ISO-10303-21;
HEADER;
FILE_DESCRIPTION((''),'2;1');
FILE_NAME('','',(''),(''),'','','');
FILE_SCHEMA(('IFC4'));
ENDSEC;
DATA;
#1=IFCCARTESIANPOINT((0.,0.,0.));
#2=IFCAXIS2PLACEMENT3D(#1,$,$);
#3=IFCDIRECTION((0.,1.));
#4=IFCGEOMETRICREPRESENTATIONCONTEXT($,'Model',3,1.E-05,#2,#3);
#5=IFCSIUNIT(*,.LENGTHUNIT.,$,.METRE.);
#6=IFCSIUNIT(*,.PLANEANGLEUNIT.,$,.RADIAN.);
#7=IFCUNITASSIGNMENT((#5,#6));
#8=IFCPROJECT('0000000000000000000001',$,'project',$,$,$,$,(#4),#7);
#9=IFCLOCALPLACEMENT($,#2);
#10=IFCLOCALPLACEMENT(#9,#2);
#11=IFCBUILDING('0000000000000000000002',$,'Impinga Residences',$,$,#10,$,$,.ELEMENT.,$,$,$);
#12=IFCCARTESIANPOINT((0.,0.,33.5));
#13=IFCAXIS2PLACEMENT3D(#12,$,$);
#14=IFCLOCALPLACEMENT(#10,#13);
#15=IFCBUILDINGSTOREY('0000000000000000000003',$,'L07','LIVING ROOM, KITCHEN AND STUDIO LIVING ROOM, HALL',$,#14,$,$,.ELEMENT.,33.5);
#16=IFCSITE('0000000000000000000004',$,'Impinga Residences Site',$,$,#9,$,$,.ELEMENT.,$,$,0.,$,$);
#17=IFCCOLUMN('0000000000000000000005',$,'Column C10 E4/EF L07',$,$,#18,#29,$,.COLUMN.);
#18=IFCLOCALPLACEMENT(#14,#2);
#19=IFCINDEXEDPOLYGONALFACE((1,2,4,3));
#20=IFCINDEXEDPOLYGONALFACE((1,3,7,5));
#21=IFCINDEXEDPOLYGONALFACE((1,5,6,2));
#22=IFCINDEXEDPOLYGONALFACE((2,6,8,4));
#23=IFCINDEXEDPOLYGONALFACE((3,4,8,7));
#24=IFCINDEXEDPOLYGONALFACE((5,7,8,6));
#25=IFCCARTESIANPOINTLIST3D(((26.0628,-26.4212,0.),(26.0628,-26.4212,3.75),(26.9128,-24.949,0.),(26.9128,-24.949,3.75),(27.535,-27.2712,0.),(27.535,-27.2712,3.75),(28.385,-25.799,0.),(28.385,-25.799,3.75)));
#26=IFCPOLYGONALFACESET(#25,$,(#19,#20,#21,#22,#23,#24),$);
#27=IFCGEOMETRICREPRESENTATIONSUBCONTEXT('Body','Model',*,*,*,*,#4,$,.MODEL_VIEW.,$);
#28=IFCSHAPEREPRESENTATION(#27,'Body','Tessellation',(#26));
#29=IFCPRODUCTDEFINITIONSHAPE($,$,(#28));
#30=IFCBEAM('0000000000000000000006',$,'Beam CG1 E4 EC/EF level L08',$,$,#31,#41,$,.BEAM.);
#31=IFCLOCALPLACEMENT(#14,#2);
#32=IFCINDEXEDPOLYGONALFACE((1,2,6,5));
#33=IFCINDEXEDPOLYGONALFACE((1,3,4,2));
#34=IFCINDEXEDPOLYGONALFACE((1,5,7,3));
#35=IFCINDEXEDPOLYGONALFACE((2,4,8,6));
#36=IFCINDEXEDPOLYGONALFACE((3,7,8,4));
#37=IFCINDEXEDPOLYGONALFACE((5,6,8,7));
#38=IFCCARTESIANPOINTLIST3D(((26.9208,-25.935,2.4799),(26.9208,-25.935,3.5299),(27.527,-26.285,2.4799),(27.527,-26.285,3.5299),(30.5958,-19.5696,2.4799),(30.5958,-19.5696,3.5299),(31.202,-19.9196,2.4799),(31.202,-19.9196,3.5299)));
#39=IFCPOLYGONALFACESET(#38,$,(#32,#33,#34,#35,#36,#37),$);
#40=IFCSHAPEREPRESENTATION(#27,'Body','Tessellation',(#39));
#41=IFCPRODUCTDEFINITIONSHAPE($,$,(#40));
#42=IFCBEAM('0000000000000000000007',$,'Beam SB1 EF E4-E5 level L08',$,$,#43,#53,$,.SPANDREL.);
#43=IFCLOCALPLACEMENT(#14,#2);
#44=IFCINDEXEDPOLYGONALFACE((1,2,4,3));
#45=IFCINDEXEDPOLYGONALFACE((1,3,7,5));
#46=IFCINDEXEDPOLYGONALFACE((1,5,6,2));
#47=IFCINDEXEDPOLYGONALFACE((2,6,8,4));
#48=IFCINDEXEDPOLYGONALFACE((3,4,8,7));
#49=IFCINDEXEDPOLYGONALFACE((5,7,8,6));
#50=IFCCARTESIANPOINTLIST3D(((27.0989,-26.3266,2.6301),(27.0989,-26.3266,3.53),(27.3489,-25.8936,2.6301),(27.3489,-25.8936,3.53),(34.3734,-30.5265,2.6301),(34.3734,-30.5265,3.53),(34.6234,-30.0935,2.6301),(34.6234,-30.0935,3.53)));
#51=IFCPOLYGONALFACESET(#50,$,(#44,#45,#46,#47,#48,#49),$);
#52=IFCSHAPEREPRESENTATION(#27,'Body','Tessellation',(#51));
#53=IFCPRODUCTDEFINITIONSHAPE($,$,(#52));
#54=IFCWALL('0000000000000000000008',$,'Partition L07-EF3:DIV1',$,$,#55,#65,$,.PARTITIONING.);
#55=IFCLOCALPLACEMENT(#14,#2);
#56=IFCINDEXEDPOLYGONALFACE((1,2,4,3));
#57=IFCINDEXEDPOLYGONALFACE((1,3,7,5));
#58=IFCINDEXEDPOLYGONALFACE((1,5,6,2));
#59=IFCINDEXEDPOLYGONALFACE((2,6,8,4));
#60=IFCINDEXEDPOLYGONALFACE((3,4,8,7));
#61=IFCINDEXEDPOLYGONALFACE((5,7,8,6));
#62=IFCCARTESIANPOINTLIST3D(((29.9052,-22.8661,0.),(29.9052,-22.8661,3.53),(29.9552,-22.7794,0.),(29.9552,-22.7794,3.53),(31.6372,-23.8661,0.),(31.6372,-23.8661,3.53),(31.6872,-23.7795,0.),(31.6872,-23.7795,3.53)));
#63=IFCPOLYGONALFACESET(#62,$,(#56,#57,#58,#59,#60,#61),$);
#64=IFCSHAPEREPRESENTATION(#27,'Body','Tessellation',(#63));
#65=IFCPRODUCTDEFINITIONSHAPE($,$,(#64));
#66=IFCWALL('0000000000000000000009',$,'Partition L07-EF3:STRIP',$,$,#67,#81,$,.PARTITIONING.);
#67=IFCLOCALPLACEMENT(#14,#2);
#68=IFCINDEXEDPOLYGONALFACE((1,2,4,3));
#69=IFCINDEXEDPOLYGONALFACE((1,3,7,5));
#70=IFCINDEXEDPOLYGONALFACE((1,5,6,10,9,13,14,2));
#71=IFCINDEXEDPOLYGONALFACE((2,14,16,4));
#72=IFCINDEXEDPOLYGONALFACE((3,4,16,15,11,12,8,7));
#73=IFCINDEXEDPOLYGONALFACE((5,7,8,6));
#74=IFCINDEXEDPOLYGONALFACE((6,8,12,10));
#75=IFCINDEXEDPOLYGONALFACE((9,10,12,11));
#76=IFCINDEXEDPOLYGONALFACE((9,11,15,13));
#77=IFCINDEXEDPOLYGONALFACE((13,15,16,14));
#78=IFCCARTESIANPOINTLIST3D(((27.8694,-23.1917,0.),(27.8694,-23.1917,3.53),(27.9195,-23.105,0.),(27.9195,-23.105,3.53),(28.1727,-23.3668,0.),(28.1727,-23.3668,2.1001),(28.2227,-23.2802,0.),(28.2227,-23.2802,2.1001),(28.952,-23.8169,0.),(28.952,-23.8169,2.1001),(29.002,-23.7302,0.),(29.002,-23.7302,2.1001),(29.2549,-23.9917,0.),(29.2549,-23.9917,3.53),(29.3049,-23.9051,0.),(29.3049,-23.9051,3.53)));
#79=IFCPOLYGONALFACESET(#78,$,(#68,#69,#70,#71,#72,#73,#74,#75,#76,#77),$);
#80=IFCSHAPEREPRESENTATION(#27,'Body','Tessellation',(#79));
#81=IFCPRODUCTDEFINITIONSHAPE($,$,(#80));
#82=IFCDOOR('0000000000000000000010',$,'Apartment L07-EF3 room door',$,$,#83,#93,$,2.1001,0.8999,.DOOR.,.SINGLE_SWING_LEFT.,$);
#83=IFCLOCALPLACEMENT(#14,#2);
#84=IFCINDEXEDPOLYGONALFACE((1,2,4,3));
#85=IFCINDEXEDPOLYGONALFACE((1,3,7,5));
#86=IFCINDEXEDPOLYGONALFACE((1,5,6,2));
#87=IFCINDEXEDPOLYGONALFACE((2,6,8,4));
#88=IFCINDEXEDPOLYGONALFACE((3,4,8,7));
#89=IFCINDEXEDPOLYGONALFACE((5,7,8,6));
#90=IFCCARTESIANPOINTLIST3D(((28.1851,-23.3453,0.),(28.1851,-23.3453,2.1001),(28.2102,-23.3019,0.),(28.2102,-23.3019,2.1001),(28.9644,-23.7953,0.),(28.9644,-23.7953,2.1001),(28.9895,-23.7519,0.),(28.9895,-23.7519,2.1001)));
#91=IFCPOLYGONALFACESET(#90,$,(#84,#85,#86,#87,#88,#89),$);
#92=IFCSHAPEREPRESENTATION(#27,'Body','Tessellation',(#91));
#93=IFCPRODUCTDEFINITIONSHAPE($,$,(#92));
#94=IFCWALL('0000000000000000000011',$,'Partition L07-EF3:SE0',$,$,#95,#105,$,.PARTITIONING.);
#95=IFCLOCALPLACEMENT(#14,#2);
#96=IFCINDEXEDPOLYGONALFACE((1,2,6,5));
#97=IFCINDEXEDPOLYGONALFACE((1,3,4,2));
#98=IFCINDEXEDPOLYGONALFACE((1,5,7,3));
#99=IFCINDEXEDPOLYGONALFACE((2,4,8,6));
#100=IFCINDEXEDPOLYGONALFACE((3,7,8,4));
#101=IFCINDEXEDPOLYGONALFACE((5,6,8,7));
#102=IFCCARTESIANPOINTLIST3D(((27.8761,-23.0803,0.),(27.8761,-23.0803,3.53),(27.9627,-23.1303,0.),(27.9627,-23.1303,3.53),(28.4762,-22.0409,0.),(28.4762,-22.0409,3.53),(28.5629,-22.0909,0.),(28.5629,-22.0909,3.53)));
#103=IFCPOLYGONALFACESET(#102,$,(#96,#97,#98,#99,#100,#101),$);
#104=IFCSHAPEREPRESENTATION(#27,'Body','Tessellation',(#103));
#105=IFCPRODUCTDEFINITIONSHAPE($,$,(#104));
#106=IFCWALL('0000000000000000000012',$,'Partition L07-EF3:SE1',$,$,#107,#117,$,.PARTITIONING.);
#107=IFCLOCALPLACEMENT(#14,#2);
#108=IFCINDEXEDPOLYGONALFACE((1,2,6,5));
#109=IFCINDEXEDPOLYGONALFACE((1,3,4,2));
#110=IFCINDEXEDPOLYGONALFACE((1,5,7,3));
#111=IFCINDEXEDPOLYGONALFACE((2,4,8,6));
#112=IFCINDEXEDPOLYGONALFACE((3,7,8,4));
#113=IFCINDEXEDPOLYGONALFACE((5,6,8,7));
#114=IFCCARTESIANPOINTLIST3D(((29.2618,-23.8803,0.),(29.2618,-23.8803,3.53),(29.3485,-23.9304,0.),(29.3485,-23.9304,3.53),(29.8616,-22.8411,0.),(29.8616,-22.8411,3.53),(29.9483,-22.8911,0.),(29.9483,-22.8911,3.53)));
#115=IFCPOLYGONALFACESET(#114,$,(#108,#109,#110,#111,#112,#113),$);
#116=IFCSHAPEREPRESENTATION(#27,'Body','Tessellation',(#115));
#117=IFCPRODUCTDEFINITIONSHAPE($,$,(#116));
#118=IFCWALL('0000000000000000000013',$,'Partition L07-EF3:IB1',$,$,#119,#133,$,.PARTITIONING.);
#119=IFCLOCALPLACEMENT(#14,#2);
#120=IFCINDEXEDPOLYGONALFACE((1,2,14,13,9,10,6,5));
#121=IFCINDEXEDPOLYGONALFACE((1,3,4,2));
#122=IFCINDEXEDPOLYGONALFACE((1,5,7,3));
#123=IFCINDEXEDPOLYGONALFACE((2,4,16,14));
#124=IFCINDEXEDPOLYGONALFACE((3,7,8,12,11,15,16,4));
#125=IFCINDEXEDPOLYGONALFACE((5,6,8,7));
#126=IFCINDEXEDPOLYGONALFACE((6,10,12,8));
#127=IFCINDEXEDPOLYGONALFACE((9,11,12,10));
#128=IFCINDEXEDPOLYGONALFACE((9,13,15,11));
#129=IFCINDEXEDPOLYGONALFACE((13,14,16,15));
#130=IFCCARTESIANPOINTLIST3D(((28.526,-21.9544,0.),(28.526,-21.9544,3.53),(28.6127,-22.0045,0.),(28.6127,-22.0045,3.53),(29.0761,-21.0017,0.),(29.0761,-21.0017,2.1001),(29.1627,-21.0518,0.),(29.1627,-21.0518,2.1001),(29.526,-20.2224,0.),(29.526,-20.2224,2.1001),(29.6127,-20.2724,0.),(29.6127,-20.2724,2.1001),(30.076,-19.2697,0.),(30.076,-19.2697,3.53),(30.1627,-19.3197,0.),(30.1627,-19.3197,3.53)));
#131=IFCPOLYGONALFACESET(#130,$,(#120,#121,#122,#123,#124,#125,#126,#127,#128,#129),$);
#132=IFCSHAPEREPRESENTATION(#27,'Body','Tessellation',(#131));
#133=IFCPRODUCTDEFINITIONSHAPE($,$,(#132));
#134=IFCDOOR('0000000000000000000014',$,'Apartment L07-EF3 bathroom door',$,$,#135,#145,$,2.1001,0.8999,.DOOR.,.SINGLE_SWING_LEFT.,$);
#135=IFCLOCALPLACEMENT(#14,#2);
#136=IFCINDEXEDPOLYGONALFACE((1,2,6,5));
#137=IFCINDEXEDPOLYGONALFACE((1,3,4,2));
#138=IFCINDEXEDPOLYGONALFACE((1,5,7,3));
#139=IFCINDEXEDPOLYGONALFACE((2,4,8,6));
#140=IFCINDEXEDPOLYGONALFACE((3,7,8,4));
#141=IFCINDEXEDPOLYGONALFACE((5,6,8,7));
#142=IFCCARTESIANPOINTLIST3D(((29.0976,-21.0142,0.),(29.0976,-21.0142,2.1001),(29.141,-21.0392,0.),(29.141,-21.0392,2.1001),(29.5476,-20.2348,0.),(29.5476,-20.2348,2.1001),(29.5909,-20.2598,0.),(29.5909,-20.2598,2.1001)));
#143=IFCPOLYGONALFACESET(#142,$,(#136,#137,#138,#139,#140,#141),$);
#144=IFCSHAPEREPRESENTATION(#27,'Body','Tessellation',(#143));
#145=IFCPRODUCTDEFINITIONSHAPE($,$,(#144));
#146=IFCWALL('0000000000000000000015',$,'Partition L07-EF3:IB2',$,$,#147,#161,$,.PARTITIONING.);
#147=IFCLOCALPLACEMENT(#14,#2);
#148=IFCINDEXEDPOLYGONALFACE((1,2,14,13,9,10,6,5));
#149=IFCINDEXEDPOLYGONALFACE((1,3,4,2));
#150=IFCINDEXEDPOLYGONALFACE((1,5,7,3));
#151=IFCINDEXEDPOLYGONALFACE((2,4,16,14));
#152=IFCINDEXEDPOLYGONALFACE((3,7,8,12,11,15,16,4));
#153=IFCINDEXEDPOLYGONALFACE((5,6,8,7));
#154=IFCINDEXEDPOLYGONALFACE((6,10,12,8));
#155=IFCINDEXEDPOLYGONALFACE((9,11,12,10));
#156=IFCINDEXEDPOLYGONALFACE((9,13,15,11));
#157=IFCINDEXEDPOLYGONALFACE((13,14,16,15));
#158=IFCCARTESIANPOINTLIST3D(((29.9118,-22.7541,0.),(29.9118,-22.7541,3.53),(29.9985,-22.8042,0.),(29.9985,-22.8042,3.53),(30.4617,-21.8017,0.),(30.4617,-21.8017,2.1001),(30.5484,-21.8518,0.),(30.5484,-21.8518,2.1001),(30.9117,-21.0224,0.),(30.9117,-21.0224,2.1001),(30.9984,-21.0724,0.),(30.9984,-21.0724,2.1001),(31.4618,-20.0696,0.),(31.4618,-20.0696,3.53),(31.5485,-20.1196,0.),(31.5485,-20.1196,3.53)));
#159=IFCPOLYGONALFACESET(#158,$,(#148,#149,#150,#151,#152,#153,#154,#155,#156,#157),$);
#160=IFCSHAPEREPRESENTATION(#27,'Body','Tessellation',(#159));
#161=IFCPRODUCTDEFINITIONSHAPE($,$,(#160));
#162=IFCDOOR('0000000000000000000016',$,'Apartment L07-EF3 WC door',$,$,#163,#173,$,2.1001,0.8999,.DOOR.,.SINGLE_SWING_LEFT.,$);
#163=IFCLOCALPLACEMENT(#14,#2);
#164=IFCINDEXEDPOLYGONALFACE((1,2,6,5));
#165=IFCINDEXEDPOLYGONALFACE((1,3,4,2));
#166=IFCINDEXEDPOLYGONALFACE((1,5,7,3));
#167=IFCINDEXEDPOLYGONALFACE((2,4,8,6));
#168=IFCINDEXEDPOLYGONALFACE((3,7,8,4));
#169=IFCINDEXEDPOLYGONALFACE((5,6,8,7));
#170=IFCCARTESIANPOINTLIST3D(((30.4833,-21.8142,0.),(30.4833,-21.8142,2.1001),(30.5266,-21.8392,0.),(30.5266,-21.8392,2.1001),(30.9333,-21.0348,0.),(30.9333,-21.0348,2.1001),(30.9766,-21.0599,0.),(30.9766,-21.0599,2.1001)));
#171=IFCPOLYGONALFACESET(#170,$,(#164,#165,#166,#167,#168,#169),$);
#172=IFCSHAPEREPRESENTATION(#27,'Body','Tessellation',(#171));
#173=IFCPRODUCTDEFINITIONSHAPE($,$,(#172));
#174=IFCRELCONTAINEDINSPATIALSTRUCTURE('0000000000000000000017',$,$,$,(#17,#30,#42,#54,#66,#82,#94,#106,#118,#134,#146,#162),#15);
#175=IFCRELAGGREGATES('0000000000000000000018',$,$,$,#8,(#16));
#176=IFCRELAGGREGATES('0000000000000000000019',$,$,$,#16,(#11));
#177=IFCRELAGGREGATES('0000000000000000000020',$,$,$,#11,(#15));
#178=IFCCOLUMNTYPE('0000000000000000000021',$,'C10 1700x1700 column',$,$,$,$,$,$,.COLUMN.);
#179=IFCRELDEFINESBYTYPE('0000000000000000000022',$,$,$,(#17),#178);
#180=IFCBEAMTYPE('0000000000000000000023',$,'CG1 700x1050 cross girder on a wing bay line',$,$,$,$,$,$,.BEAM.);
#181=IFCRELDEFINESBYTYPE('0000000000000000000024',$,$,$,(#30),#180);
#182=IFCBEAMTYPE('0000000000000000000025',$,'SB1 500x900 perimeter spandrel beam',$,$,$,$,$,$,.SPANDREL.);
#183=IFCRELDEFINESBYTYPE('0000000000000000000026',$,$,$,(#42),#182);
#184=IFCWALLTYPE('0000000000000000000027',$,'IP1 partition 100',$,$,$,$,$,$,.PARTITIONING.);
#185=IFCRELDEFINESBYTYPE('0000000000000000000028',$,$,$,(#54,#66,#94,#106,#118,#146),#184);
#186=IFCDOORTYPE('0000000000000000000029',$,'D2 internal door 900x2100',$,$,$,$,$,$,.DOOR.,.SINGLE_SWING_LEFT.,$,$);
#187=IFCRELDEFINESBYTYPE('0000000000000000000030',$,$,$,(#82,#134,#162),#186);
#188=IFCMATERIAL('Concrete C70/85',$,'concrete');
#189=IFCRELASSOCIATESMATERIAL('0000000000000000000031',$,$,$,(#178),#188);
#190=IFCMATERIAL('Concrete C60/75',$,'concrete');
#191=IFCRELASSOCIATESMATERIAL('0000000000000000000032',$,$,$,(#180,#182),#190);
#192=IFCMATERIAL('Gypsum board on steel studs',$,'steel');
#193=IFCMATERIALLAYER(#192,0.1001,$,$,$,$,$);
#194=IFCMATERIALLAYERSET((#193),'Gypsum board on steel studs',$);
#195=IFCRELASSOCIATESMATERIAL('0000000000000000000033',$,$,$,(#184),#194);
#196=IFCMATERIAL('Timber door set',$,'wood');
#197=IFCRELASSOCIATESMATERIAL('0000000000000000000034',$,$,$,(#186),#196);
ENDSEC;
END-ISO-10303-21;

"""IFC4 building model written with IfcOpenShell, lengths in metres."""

from ifc_helpers import new_model, si_unit, direction, frame, frame_2d, origin, origin_2d, place, context, subcontext, project, spatial, rectangle, extrude, material, layer, layer_set, material_profile, profile_set, type_object, element, fill, save


model = new_model("IFC4")

# Units and contexts
model_context = context("Model", 3, precision=1e-05, world=origin(), true_north=direction((0.0, 1.0)))
body_context = subcontext(model_context, "Body", "Model", "MODEL_VIEW")
ifc_project = project(units=[si_unit("LENGTHUNIT", "METRE"), si_unit("PLANEANGLEUNIT", "RADIAN")], contexts=[model_context])

# Site, building, storey
site_placement = place(None, origin())
site = spatial("IfcSite", under=ifc_project, at=site_placement, Name="Impinga Residences Site", CompositionType="ELEMENT", RefElevation=0.0)
building_placement = place(site_placement, origin())
building = spatial("IfcBuilding", under=site, at=building_placement, Name="Impinga Residences", CompositionType="ELEMENT")
storey_placement = place(building_placement, frame((0.0, 0.0, 33.5)))
storey = spatial("IfcBuildingStorey", under=building, at=storey_placement, Name="L07", Description="LIVING ROOM, KITCHEN AND STUDIO LIVING ROOM, HALL", CompositionType="ELEMENT", Elevation=33.5)

# Column
ifc_material_1 = material(Name="Concrete C70/85", Category="concrete")
ifc_material_profile_1 = material_profile(ifc_material_1, rectangle(XDim=1.7, YDim=1.7, at=origin_2d()), Name="RC 1700x1700")
ifc_profile_set_1 = profile_set([ifc_material_profile_1], Name="Concrete C70/85")
column_type = type_object("IfcColumnType", Name="C10 1700x1700 column", PredefinedType="COLUMN", material=ifc_profile_set_1)
column_placement = place(storey_placement, frame((27.2239, -26.1101, 0.0), z_axis=(0.0, 0.0, 1.0), x_axis=(-0.5, -0.866025, 0.0)))
element("IfcColumn", 1, at=column_placement, inside=storey, type_object=column_type, Name="Column C10 E4/EF L07", PredefinedType="COLUMN", context=body_context, shape_type="SweptSolid", body=[
    extrude(rectangle(XDim=1.7, YDim=1.7, at=origin_2d()), origin(), (0.0, 0.0, 1.0), 3.75),
])

# Beams
ifc_material_2 = material(Name="Concrete C60/75", Category="concrete")
ifc_material_profile_2 = material_profile(ifc_material_2, rectangle(XDim=0.7, YDim=1.05, at=origin_2d()), Name="RC 700x1050")
ifc_profile_set_2 = profile_set([ifc_material_profile_2], Name="Concrete C60/75")
beam_type_1 = type_object("IfcBeamType", Name="CG1 700x1050 cross girder on a wing bay line", PredefinedType="BEAM", material=ifc_profile_set_2)
beam_1_placement = place(storey_placement, frame((30.8989, -19.7446, 3.0049), z_axis=(-0.499994, -0.866029, 0.0), x_axis=(0.866029, -0.499994, 0.0)))
element("IfcBeam", 2, at=beam_1_placement, inside=storey, type_object=beam_type_1, Name="Beam CG1 E4 EC/EF level L08", PredefinedType="BEAM", context=body_context, shape_type="SweptSolid", body=[
    extrude(rectangle(XDim=0.7, YDim=1.05, at=origin_2d()), origin(), (0.0, 0.0, 1.0), 7.3501),
])
ifc_material_profile_3 = material_profile(ifc_material_2, rectangle(XDim=0.5, YDim=0.8999, at=origin_2d()), Name="RC 500x900")
ifc_profile_set_3 = profile_set([ifc_material_profile_3], Name="Concrete C60/75")
beam_type_2 = type_object("IfcBeamType", Name="SB1 500x900 perimeter spandrel beam", PredefinedType="SPANDREL", material=ifc_profile_set_3)
beam_2_placement = place(storey_placement, frame((27.2239, -26.1101, 3.0801), z_axis=(0.866029, -0.499993, 0.0), x_axis=(0.499993, 0.866029, 0.0)))
element("IfcBeam", 3, at=beam_2_placement, inside=storey, type_object=beam_type_2, Name="Beam SB1 EF E4-E5 level L08", PredefinedType="SPANDREL", context=body_context, shape_type="SweptSolid", body=[
    extrude(rectangle(XDim=0.5, YDim=0.8999, at=origin_2d()), origin(), (0.0, 0.0, 1.0), 8.3999),
])

# Wall
ifc_material_3 = material(Name="Gypsum board on steel studs", Category="steel")
ifc_layer_1 = layer(ifc_material_3, 0.1001)
ifc_layer_set_1 = layer_set([ifc_layer_1], Name="Gypsum board on steel studs")
wall_type_1 = type_object("IfcWallType", Name="IP1 partition 100", PredefinedType="PARTITIONING", material=ifc_layer_set_1)
wall_1_placement = place(storey_placement, frame((29.9302, -22.8228, 0.0), z_axis=(0.0, 0.0, 1.0), x_axis=(0.866011, -0.500025, 0.0)))
element("IfcWall", 4, at=wall_1_placement, inside=storey, type_object=wall_type_1, Name="Partition L07-EF3:DIV1", PredefinedType="PARTITIONING", context=body_context, shape_type="SweptSolid", body=[
    extrude(rectangle(XDim=2.0, YDim=0.1001, at=frame_2d((1.0, 0.0))), origin(), (0.0, 0.0, 1.0), 3.53),
])

# Wall, opening, door
wall_2_placement = place(storey_placement, frame((27.8945, -23.1484, 0.0), z_axis=(0.0, 0.0, 1.0), x_axis=(0.86599, -0.500061, 0.0)))
wall_2 = element("IfcWall", 5, at=wall_2_placement, inside=storey, type_object=wall_type_1, Name="Partition L07-EF3:STRIP", PredefinedType="PARTITIONING", context=body_context, shape_type="SweptSolid", body=[
    extrude(rectangle(XDim=1.5999, YDim=0.1001, at=frame_2d((0.7998, 0.0))), origin(), (0.0, 0.0, 1.0), 3.53),
])
opening_1_placement = place(wall_2_placement, frame((0.3501, 0.0, 0.0)))
opening_1 = element("IfcOpeningElement", 6, at=opening_1_placement, cuts=wall_2, PredefinedType="OPENING", context=body_context, shape_type="SweptSolid", body=[
    extrude(rectangle(XDim=0.8999, YDim=2.1001, at=frame_2d((0.45, 1.05))), frame((0.0, 0.0601, 0.0), z_axis=(0.0, -1.0, 0.0), x_axis=(1.0, 0.0, 0.0)), (0.0, 0.0, 1.0), 0.1201),
])
ifc_material_4 = material(Name="Timber door set", Category="wood")
door_type = type_object("IfcDoorType", Name="D2 internal door 900x2100", OperationType="SINGLE_SWING_LEFT", PredefinedType="DOOR", material=ifc_material_4)
door_1_placement = place(opening_1_placement, origin())
door_1 = element("IfcDoor", 7, at=door_1_placement, inside=storey, type_object=door_type, Name="Apartment L07-EF3 room door", OperationType="SINGLE_SWING_LEFT", OverallHeight=2.1001, OverallWidth=0.8999, PredefinedType="DOOR", context=body_context, shape_type="SweptSolid", body=[
    extrude(rectangle(XDim=0.8999, YDim=2.1001, at=frame_2d((0.45, 1.05))), frame((0.0, 0.0249, 0.0), z_axis=(0.0, -1.0, 0.0), x_axis=(1.0, 0.0, 0.0)), (0.0, 0.0, 1.0), 0.05),
])
fill(opening_1, door_1)

# Walls
wall_3_placement = place(storey_placement, frame((28.5195, -22.0659, 0.0), z_axis=(0.0, 0.0, 1.0), x_axis=(-0.500034, -0.866006, 0.0)))
element("IfcWall", 8, at=wall_3_placement, inside=storey, type_object=wall_type_1, Name="Partition L07-EF3:SE0", PredefinedType="PARTITIONING", context=body_context, shape_type="SweptSolid", body=[
    extrude(rectangle(XDim=1.2002, YDim=0.1001, at=frame_2d((0.6001, 0.0))), origin(), (0.0, 0.0, 1.0), 3.53),
])
wall_4_placement = place(storey_placement, frame((29.905, -22.866, 0.0), z_axis=(0.0, 0.0, 1.0), x_axis=(-0.499881, -0.866094, 0.0)))
element("IfcWall", 9, at=wall_4_placement, inside=storey, type_object=wall_type_1, Name="Partition L07-EF3:SE1", PredefinedType="PARTITIONING", context=body_context, shape_type="SweptSolid", body=[
    extrude(rectangle(XDim=1.2, YDim=0.1001, at=frame_2d((0.6001, 0.0))), origin(), (0.0, 0.0, 1.0), 3.53),
])

# Walls, openings, doors
wall_5_placement = place(storey_placement, frame((30.1194, -19.2947, 0.0), z_axis=(0.0, 0.0, 1.0), x_axis=(-0.499993, -0.86603, 0.0)))
wall_5 = element("IfcWall", 10, at=wall_5_placement, inside=storey, type_object=wall_type_1, Name="Partition L07-EF3:IB1", PredefinedType="PARTITIONING", context=body_context, shape_type="SweptSolid", body=[
    extrude(rectangle(XDim=3.1001, YDim=0.1001, at=frame_2d((1.55, 0.0))), origin(), (0.0, 0.0, 1.0), 3.53),
])
opening_2_placement = place(wall_5_placement, frame((1.1001, 0.0, 0.0)))
opening_2 = element("IfcOpeningElement", 11, at=opening_2_placement, cuts=wall_5, PredefinedType="OPENING", context=body_context, shape_type="SweptSolid", body=[
    extrude(rectangle(XDim=0.8999, YDim=2.1001, at=frame_2d((0.45, 1.05))), frame((0.0, 0.0601, 0.0), z_axis=(0.0, -1.0, 0.0), x_axis=(1.0, 0.0, 0.0)), (0.0, 0.0, 1.0), 0.1201),
])
door_2_placement = place(opening_2_placement, origin())
door_2 = element("IfcDoor", 12, at=door_2_placement, inside=storey, type_object=door_type, Name="Apartment L07-EF3 bathroom door", OperationType="SINGLE_SWING_LEFT", OverallHeight=2.1001, OverallWidth=0.8999, PredefinedType="DOOR", context=body_context, shape_type="SweptSolid", body=[
    extrude(rectangle(XDim=0.8999, YDim=2.1001, at=frame_2d((0.45, 1.05))), frame((0.0, 0.0249, 0.0), z_axis=(0.0, -1.0, 0.0), x_axis=(1.0, 0.0, 0.0)), (0.0, 0.0, 1.0), 0.05),
])
fill(opening_2, door_2)
wall_6_placement = place(storey_placement, frame((31.5051, -20.0947, 0.0), z_axis=(0.0, 0.0, 1.0), x_axis=(-0.500027, -0.86601, 0.0)))
wall_6 = element("IfcWall", 13, at=wall_6_placement, inside=storey, type_object=wall_type_1, Name="Partition L07-EF3:IB2", PredefinedType="PARTITIONING", context=body_context, shape_type="SweptSolid", body=[
    extrude(rectangle(XDim=3.0999, YDim=0.1001, at=frame_2d((1.5498, 0.0))), origin(), (0.0, 0.0, 1.0), 3.53),
])
opening_3_placement = place(wall_6_placement, frame((1.1001, 0.0, 0.0)))
opening_3 = element("IfcOpeningElement", 14, at=opening_3_placement, cuts=wall_6, PredefinedType="OPENING", context=body_context, shape_type="SweptSolid", body=[
    extrude(rectangle(XDim=0.8999, YDim=2.1001, at=frame_2d((0.45, 1.05))), frame((0.0, 0.0601, 0.0), z_axis=(0.0, -1.0, 0.0), x_axis=(1.0, 0.0, 0.0)), (0.0, 0.0, 1.0), 0.1201),
])
door_3_placement = place(opening_3_placement, origin())
door_3 = element("IfcDoor", 15, at=door_3_placement, inside=storey, type_object=door_type, Name="Apartment L07-EF3 WC door", OperationType="SINGLE_SWING_LEFT", OverallHeight=2.1001, OverallWidth=0.8999, PredefinedType="DOOR", context=body_context, shape_type="SweptSolid", body=[
    extrude(rectangle(XDim=0.8999, YDim=2.1001, at=frame_2d((0.45, 1.05))), frame((0.0, 0.0249, 0.0), z_axis=(0.0, -1.0, 0.0), x_axis=(1.0, 0.0, 0.0)), (0.0, 0.0, 1.0), 0.05),
])
fill(opening_3, door_3)

save(model, "model.ifc")
